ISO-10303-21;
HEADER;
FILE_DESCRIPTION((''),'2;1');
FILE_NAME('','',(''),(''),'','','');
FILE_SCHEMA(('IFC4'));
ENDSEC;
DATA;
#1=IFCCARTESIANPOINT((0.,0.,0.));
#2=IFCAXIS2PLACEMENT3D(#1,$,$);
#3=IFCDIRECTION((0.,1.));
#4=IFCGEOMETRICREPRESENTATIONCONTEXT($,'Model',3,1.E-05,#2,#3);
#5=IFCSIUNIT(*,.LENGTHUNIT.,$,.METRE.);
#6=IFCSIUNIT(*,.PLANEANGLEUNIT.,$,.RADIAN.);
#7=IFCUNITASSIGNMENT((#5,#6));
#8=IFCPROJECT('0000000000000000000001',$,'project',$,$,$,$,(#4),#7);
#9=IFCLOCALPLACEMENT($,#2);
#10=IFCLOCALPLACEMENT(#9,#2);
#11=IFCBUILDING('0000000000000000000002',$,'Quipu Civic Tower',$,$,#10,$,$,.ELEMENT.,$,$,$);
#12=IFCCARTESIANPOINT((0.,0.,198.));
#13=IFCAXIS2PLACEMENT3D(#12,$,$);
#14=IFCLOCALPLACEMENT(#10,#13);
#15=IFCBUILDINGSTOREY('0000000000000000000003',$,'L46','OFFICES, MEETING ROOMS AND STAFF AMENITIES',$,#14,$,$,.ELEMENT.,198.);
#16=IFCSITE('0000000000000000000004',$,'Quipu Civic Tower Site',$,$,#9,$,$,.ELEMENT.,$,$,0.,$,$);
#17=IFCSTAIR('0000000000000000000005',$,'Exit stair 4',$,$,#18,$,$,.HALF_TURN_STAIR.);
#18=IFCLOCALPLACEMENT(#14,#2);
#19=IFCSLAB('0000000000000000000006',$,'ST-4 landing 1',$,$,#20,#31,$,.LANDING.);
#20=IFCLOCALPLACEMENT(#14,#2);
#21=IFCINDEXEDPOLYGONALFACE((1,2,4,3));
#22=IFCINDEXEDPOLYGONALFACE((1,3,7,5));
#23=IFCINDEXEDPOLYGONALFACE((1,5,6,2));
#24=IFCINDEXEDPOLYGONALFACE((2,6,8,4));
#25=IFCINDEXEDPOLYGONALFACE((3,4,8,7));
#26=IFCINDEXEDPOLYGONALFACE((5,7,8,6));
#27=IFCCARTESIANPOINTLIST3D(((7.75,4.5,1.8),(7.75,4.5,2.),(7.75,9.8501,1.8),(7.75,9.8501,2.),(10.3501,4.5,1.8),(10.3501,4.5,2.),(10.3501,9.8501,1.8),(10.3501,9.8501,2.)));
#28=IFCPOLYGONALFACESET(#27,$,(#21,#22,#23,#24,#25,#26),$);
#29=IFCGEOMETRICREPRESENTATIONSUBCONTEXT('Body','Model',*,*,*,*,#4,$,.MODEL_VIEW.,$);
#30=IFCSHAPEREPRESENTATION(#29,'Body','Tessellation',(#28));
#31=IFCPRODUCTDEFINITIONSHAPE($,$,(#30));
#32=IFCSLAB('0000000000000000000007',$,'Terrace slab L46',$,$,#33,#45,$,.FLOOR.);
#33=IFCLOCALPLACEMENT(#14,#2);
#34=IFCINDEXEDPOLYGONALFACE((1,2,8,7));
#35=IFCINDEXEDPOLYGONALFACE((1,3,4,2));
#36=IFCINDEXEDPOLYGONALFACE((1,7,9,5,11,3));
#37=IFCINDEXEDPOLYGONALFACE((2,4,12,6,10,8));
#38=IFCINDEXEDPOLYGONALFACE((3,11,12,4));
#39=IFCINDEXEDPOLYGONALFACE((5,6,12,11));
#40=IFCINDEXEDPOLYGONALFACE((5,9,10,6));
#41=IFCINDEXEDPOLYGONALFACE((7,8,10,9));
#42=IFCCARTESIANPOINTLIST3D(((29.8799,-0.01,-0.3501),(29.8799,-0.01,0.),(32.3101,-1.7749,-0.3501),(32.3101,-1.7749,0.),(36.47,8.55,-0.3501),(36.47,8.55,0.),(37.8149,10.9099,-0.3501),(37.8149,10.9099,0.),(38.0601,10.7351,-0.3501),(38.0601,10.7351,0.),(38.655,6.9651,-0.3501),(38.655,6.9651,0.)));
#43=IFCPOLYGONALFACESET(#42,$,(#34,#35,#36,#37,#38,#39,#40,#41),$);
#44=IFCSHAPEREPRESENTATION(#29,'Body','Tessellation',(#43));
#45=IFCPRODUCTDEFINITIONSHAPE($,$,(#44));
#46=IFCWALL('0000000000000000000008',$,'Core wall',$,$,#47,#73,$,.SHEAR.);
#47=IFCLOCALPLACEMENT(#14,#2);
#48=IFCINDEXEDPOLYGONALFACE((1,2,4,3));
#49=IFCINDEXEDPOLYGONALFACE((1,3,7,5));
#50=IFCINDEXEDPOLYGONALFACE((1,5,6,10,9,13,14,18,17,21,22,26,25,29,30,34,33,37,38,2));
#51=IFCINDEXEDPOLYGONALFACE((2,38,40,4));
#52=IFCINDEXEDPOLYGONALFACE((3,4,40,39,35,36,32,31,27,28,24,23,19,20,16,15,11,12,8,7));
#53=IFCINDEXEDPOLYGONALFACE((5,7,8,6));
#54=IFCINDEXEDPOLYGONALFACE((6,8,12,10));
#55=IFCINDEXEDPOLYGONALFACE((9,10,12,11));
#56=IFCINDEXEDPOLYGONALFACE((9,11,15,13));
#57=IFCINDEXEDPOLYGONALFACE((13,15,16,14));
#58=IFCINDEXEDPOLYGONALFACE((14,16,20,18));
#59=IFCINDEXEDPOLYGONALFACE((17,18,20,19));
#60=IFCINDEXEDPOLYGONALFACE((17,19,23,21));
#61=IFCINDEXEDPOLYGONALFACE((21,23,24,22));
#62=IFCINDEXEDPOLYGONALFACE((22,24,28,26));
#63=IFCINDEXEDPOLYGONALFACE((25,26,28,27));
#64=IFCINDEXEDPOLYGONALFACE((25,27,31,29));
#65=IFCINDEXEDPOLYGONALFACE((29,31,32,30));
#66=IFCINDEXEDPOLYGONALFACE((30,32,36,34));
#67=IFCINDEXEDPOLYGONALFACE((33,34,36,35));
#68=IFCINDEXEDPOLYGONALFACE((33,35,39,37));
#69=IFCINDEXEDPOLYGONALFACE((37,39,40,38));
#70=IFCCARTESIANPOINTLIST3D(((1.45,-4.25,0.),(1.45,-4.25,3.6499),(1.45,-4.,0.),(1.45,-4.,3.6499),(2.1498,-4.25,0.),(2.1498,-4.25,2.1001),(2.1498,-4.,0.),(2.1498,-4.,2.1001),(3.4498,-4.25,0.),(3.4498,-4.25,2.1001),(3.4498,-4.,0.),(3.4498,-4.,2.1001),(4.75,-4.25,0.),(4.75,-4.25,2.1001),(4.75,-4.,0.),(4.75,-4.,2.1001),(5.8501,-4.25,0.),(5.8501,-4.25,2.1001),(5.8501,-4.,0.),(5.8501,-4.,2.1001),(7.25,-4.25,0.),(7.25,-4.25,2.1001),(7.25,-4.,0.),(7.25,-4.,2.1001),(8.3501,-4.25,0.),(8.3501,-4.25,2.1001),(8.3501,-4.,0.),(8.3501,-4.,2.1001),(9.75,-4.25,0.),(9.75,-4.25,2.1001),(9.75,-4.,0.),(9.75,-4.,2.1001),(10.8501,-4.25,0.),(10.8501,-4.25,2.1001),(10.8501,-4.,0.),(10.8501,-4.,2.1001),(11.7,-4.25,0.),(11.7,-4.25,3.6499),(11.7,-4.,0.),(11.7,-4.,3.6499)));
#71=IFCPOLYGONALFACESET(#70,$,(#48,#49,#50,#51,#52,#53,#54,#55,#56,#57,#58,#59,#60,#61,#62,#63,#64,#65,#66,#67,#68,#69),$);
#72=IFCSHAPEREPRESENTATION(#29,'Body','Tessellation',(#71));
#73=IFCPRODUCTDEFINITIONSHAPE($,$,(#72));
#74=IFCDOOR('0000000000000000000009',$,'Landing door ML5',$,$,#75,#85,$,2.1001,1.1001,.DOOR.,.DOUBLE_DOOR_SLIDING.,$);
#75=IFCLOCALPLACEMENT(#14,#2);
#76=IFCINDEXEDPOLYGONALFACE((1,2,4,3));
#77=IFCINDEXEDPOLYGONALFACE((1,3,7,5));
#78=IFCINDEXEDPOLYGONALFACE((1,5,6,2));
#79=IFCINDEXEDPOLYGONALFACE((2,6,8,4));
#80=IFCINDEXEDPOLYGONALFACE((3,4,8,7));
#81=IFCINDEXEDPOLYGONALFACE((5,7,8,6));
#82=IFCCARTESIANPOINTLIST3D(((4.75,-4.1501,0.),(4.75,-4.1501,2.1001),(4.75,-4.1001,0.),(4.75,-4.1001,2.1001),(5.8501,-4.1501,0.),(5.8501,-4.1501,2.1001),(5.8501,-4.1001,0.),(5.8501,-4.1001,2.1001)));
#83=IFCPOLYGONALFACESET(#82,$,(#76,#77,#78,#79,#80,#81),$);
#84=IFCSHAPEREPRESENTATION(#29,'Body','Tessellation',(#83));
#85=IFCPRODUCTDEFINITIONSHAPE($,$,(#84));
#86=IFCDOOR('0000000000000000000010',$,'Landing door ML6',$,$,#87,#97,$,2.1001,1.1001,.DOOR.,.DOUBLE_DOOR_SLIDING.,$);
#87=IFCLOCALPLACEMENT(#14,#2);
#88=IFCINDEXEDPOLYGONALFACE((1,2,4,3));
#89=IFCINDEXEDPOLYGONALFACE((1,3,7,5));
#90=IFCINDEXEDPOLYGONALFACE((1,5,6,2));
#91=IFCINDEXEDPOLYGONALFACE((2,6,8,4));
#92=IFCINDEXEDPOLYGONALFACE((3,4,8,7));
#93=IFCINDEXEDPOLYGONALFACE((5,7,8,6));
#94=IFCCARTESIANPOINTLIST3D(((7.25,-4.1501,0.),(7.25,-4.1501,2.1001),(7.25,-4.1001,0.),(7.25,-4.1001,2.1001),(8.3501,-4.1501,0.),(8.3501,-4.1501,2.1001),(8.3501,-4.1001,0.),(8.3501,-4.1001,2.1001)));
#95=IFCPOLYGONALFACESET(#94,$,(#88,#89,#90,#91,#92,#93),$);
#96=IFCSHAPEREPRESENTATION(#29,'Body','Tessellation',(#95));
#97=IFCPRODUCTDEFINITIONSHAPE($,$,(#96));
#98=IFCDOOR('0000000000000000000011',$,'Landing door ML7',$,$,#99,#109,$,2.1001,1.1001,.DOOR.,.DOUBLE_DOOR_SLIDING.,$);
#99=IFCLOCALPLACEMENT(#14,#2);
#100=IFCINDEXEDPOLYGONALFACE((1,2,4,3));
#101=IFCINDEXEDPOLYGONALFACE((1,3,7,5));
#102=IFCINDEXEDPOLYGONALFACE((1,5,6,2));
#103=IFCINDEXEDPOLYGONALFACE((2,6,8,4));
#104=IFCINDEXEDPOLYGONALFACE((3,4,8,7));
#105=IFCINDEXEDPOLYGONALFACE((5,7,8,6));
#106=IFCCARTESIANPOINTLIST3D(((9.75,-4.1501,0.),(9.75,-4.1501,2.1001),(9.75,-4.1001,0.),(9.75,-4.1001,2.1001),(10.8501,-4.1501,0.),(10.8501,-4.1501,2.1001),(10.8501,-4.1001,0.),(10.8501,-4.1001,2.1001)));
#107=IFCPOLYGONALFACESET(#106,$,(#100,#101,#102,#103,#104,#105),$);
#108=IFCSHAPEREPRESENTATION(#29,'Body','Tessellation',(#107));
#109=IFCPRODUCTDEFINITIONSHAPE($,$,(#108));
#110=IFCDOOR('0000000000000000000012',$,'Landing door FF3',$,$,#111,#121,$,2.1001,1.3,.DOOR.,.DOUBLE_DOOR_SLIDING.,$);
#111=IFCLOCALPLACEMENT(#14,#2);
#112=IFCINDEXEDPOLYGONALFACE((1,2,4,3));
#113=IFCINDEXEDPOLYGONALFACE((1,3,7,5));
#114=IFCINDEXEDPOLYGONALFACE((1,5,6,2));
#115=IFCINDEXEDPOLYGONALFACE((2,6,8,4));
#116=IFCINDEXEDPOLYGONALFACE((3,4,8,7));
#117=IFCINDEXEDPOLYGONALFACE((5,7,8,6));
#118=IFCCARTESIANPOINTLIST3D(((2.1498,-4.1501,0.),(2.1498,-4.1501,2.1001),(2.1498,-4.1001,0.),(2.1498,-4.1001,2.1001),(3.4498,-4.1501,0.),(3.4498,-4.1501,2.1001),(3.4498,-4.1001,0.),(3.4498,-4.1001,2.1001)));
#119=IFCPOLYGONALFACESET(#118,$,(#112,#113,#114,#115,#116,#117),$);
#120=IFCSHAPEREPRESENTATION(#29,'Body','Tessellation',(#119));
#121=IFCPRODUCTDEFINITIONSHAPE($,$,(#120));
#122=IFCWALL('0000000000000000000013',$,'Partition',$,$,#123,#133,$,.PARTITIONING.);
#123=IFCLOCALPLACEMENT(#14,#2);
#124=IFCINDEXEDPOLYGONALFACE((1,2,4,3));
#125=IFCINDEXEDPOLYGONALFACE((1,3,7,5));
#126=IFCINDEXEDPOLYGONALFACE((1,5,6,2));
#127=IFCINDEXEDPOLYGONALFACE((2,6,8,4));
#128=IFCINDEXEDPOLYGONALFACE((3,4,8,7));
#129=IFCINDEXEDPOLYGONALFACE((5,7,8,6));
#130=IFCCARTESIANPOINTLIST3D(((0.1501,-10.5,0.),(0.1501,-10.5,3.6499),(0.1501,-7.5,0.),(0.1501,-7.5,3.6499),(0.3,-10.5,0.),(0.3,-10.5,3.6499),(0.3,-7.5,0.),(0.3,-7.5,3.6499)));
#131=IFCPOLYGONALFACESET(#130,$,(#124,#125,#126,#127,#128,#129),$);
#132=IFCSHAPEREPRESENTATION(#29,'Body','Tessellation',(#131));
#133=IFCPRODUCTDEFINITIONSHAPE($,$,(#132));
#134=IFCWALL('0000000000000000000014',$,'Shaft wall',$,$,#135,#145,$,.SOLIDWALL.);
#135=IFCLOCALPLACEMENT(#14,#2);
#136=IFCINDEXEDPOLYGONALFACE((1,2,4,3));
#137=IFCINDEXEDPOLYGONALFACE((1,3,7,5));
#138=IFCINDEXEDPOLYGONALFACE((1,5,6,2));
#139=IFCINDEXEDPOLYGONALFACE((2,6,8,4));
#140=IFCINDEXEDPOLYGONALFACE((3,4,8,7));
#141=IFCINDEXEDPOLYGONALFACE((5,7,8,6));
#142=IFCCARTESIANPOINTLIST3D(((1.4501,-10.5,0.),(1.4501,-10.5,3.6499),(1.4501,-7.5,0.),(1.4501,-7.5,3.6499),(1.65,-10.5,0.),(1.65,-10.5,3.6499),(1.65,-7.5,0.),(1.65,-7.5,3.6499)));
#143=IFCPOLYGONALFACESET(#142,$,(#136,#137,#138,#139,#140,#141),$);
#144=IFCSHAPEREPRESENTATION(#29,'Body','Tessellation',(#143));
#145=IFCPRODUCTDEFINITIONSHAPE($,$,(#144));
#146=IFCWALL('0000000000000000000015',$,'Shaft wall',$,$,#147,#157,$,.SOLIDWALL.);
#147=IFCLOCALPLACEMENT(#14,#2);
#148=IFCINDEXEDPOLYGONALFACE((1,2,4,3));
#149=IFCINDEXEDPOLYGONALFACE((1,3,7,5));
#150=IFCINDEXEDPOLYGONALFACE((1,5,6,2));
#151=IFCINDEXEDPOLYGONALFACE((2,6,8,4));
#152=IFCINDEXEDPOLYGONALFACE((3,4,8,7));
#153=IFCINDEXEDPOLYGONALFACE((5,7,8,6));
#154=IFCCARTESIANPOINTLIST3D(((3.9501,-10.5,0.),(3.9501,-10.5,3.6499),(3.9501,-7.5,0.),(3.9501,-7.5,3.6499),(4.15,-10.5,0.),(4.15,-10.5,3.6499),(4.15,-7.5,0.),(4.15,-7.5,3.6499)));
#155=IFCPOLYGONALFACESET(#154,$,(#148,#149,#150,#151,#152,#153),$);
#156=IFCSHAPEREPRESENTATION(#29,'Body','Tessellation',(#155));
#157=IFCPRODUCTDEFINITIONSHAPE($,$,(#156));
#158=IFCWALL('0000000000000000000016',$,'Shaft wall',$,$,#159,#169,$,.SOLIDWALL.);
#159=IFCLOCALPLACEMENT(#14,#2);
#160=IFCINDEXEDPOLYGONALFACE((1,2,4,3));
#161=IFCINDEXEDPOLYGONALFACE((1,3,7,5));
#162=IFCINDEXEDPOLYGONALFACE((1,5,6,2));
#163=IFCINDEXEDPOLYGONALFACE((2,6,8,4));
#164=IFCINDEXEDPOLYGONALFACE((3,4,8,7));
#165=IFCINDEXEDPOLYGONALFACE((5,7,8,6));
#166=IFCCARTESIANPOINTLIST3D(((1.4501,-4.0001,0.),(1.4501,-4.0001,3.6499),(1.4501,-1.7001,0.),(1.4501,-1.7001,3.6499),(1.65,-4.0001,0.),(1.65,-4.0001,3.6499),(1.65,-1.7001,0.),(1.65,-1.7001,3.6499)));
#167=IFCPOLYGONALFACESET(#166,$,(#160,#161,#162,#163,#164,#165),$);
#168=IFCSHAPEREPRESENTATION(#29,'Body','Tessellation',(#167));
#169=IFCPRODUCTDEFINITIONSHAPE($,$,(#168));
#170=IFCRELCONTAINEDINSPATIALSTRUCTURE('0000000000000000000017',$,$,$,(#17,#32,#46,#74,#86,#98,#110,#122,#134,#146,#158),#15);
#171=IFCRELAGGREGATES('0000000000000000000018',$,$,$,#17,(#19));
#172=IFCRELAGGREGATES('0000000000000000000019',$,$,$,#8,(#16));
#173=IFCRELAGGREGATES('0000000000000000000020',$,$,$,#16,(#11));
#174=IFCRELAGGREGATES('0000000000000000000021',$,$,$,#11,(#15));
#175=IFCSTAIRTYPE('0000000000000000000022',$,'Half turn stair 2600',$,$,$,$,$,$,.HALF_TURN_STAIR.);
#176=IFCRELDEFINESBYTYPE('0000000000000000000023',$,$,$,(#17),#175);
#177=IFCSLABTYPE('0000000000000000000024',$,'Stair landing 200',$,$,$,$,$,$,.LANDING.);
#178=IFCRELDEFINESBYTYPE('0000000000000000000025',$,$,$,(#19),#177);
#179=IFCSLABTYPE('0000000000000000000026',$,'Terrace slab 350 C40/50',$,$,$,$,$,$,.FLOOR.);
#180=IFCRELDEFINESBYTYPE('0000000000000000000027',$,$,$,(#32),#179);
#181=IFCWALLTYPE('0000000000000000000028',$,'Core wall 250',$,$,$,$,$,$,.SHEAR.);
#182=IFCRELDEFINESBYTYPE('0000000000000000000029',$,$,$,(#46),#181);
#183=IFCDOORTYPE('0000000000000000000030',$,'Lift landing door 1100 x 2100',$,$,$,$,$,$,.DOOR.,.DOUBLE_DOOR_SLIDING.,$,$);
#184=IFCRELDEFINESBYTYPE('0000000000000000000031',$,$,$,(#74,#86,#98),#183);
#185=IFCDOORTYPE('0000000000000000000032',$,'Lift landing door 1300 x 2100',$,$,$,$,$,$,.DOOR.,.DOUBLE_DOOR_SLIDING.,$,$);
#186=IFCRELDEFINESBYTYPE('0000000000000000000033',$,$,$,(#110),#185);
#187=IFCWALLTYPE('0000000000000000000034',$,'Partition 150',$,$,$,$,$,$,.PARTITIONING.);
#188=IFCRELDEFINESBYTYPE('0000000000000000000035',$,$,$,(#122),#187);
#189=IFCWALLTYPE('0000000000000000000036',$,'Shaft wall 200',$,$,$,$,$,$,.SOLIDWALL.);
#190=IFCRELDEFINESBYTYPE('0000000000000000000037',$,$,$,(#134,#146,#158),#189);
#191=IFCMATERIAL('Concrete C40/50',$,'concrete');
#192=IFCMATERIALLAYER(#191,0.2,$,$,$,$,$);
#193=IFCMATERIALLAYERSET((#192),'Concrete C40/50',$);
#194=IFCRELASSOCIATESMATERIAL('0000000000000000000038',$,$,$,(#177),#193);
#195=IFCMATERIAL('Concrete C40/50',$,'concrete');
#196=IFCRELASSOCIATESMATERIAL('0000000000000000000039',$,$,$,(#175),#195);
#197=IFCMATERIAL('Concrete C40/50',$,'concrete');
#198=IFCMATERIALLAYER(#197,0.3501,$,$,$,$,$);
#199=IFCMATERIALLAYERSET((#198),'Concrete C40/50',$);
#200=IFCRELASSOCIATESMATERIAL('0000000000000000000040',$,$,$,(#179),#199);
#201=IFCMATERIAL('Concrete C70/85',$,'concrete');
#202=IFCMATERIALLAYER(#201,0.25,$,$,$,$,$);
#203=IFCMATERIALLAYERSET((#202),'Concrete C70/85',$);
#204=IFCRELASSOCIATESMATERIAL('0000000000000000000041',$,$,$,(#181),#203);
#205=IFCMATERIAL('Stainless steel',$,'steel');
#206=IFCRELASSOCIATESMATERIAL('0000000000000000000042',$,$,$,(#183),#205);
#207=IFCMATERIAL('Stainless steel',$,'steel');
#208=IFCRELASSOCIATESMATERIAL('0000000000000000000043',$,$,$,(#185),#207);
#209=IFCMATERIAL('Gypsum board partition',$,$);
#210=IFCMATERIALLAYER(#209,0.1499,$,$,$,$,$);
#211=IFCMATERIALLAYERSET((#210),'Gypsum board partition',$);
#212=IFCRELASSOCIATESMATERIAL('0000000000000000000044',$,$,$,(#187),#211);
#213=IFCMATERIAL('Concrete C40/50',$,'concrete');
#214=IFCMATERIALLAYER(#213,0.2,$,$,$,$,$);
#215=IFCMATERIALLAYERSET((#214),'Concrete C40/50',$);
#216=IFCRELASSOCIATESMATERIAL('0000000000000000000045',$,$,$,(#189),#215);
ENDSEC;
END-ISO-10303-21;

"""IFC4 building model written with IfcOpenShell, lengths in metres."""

from ifc_helpers import new_model, si_unit, direction, frame, frame_2d, origin, place, context, subcontext, project, spatial, polyline, rectangle, outline, extrude, material, layer, layer_set, type_object, element, fill, aggregate, save


model = new_model("IFC4")

# Units and contexts
model_context = context("Model", 3, precision=1e-05, world=origin(), true_north=direction((0.0, 1.0)))
body_context = subcontext(model_context, "Body", "Model", "MODEL_VIEW")
ifc_project = project(units=[si_unit("LENGTHUNIT", "METRE"), si_unit("PLANEANGLEUNIT", "RADIAN")], contexts=[model_context])

# Site, building, storey
site_placement = place(None, origin())
site = spatial("IfcSite", under=ifc_project, at=site_placement, Name="Quipu Civic Tower Site", CompositionType="ELEMENT", RefElevation=0.0)
building_placement = place(site_placement, origin())
building = spatial("IfcBuilding", under=site, at=building_placement, Name="Quipu Civic Tower", CompositionType="ELEMENT")
storey_placement = place(building_placement, frame((0.0, 0.0, 198.0)))
storey = spatial("IfcBuildingStorey", under=building, at=storey_placement, Name="L46", Description="OFFICES, MEETING ROOMS AND STAFF AMENITIES", CompositionType="ELEMENT", Elevation=198.0)

# Stair, slab
ifc_material_1 = material(Name="Concrete C40/50", Category="concrete")
ifc_layer_1 = layer(ifc_material_1, 0.2)
ifc_layer_set_1 = layer_set([ifc_layer_1], Name="Concrete C40/50")
slab_type_1 = type_object("IfcSlabType", Name="Stair landing 200", PredefinedType="LANDING", material=ifc_layer_set_1)
ifc_material_2 = material(Name="Concrete C40/50", Category="concrete")
stair_type_1 = type_object("IfcStairType", Name="Half turn stair 2600", PredefinedType="HALF_TURN_STAIR", material=ifc_material_2)
stair_1_placement = place(storey_placement, origin())
stair_1 = element("IfcStair", 1, at=stair_1_placement, inside=storey, type_object=stair_type_1, Name="Exit stair 4", PredefinedType="HALF_TURN_STAIR")
slab_1_placement = place(storey_placement, frame((0.0, 0.0, 1.8)))
slab_1 = element("IfcSlab", 2, at=slab_1_placement, type_object=slab_type_1, Name="ST-4 landing 1", PredefinedType="LANDING", context=body_context, shape_type="SweptSolid", body=[
    extrude(outline(polyline([(10.3501, 9.8501), (7.75, 9.8501), (7.75, 4.5), (10.3501, 4.5), (10.3501, 9.8501)])), origin(), (0.0, 0.0, 1.0), 0.2),
])
aggregate(stair_1, [slab_1])

# Slab
ifc_material_3 = material(Name="Concrete C40/50", Category="concrete")
ifc_layer_2 = layer(ifc_material_3, 0.3501)
ifc_layer_set_2 = layer_set([ifc_layer_2], Name="Concrete C40/50")
slab_type_2 = type_object("IfcSlabType", Name="Terrace slab 350 C40/50", PredefinedType="FLOOR", material=ifc_layer_set_2)
slab_2_placement = place(storey_placement, frame((0.0, 0.0, -0.3501)))
element("IfcSlab", 3, at=slab_2_placement, inside=storey, type_object=slab_type_2, Name="Terrace slab L46", PredefinedType="FLOOR", context=body_context, shape_type="SweptSolid", body=[
    extrude(outline(polyline([(38.0601, 10.7351), (36.47, 8.55), (38.655, 6.9651), (32.3101, -1.7749), (29.8799, -0.01), (37.8149, 10.9099), (38.0601, 10.7351)])), origin(), (0.0, 0.0, 1.0), 0.3501),
])

# Wall, openings, doors
ifc_material_4 = material(Name="Concrete C70/85", Category="concrete")
ifc_layer_3 = layer(ifc_material_4, 0.25)
ifc_layer_set_3 = layer_set([ifc_layer_3], Name="Concrete C70/85")
wall_type_1 = type_object("IfcWallType", Name="Core wall 250", PredefinedType="SHEAR", material=ifc_layer_set_3)
wall_1_placement = place(storey_placement, frame((1.45, -4.125, 0.0), z_axis=(0.0, 0.0, 1.0), x_axis=(1.0, 0.0, 0.0)))
wall_1 = element("IfcWall", 4, at=wall_1_placement, inside=storey, type_object=wall_type_1, Name="Core wall", PredefinedType="SHEAR", context=body_context, shape_type="SweptSolid", body=[
    extrude(rectangle(XDim=10.25, YDim=0.25, at=frame_2d((5.125, 0.0))), origin(), (0.0, 0.0, 1.0), 3.6499),
])
opening_1_placement = place(wall_1_placement, frame((0.7, 0.0, 0.0)))
opening_1 = element("IfcOpeningElement", 5, at=opening_1_placement, cuts=wall_1, PredefinedType="OPENING", context=body_context, shape_type="SweptSolid", body=[
    extrude(rectangle(XDim=1.3, YDim=2.1001, at=frame_2d((0.6499, 1.05))), frame((0.0, 0.135, 0.0), z_axis=(0.0, -1.0, 0.0), x_axis=(1.0, 0.0, 0.0)), (0.0, 0.0, 1.0), 0.27),
])
opening_2_placement = place(wall_1_placement, frame((3.3, 0.0, 0.0)))
opening_2 = element("IfcOpeningElement", 6, at=opening_2_placement, cuts=wall_1, PredefinedType="OPENING", context=body_context, shape_type="SweptSolid", body=[
    extrude(rectangle(XDim=1.1001, YDim=2.1001, at=frame_2d((0.55, 1.05))), frame((0.0, 0.135, 0.0), z_axis=(0.0, -1.0, 0.0), x_axis=(1.0, 0.0, 0.0)), (0.0, 0.0, 1.0), 0.27),
])
opening_3_placement = place(wall_1_placement, frame((5.8, 0.0, 0.0)))
opening_3 = element("IfcOpeningElement", 7, at=opening_3_placement, cuts=wall_1, PredefinedType="OPENING", context=body_context, shape_type="SweptSolid", body=[
    extrude(rectangle(XDim=1.1001, YDim=2.1001, at=frame_2d((0.55, 1.05))), frame((0.0, 0.135, 0.0), z_axis=(0.0, -1.0, 0.0), x_axis=(1.0, 0.0, 0.0)), (0.0, 0.0, 1.0), 0.27),
])
opening_4_placement = place(wall_1_placement, frame((8.3, 0.0, 0.0)))
opening_4 = element("IfcOpeningElement", 8, at=opening_4_placement, cuts=wall_1, PredefinedType="OPENING", context=body_context, shape_type="SweptSolid", body=[
    extrude(rectangle(XDim=1.1001, YDim=2.1001, at=frame_2d((0.55, 1.05))), frame((0.0, 0.135, 0.0), z_axis=(0.0, -1.0, 0.0), x_axis=(1.0, 0.0, 0.0)), (0.0, 0.0, 1.0), 0.27),
])
ifc_material_5 = material(Name="Stainless steel", Category="steel")
door_type_1 = type_object("IfcDoorType", Name="Lift landing door 1100 x 2100", OperationType="DOUBLE_DOOR_SLIDING", PredefinedType="DOOR", material=ifc_material_5)
door_1_placement = place(opening_2_placement, origin())
door_1 = element("IfcDoor", 9, at=door_1_placement, inside=storey, type_object=door_type_1, Name="Landing door ML5", OperationType="DOUBLE_DOOR_SLIDING", OverallHeight=2.1001, OverallWidth=1.1001, PredefinedType="DOOR", context=body_context, shape_type="SweptSolid", body=[
    extrude(rectangle(XDim=1.1001, YDim=2.1001, at=frame_2d((0.55, 1.05))), frame((0.0, 0.0249, 0.0), z_axis=(0.0, -1.0, 0.0), x_axis=(1.0, 0.0, 0.0)), (0.0, 0.0, 1.0), 0.05),
])
fill(opening_2, door_1)
door_2_placement = place(opening_3_placement, origin())
door_2 = element("IfcDoor", 10, at=door_2_placement, inside=storey, type_object=door_type_1, Name="Landing door ML6", OperationType="DOUBLE_DOOR_SLIDING", OverallHeight=2.1001, OverallWidth=1.1001, PredefinedType="DOOR", context=body_context, shape_type="SweptSolid", body=[
    extrude(rectangle(XDim=1.1001, YDim=2.1001, at=frame_2d((0.55, 1.05))), frame((0.0, 0.0249, 0.0), z_axis=(0.0, -1.0, 0.0), x_axis=(1.0, 0.0, 0.0)), (0.0, 0.0, 1.0), 0.05),
])
fill(opening_3, door_2)
door_3_placement = place(opening_4_placement, origin())
door_3 = element("IfcDoor", 11, at=door_3_placement, inside=storey, type_object=door_type_1, Name="Landing door ML7", OperationType="DOUBLE_DOOR_SLIDING", OverallHeight=2.1001, OverallWidth=1.1001, PredefinedType="DOOR", context=body_context, shape_type="SweptSolid", body=[
    extrude(rectangle(XDim=1.1001, YDim=2.1001, at=frame_2d((0.55, 1.05))), frame((0.0, 0.0249, 0.0), z_axis=(0.0, -1.0, 0.0), x_axis=(1.0, 0.0, 0.0)), (0.0, 0.0, 1.0), 0.05),
])
fill(opening_4, door_3)
ifc_material_6 = material(Name="Stainless steel", Category="steel")
door_type_2 = type_object("IfcDoorType", Name="Lift landing door 1300 x 2100", OperationType="DOUBLE_DOOR_SLIDING", PredefinedType="DOOR", material=ifc_material_6)
door_4_placement = place(opening_1_placement, origin())
door_4 = element("IfcDoor", 12, at=door_4_placement, inside=storey, type_object=door_type_2, Name="Landing door FF3", OperationType="DOUBLE_DOOR_SLIDING", OverallHeight=2.1001, OverallWidth=1.3, PredefinedType="DOOR", context=body_context, shape_type="SweptSolid", body=[
    extrude(rectangle(XDim=1.3, YDim=2.1001, at=frame_2d((0.6499, 1.05))), frame((0.0, 0.0249, 0.0), z_axis=(0.0, -1.0, 0.0), x_axis=(1.0, 0.0, 0.0)), (0.0, 0.0, 1.0), 0.05),
])
fill(opening_1, door_4)

# Walls
ifc_material_7 = material(Name="Gypsum board partition")
ifc_layer_4 = layer(ifc_material_7, 0.1499)
ifc_layer_set_4 = layer_set([ifc_layer_4], Name="Gypsum board partition")
wall_type_2 = type_object("IfcWallType", Name="Partition 150", PredefinedType="PARTITIONING", material=ifc_layer_set_4)
wall_2_placement = place(storey_placement, frame((0.2251, -10.5, 0.0), z_axis=(0.0, 0.0, 1.0), x_axis=(0.0, 1.0, 0.0)))
element("IfcWall", 13, at=wall_2_placement, inside=storey, type_object=wall_type_2, Name="Partition", PredefinedType="PARTITIONING", context=body_context, shape_type="SweptSolid", body=[
    extrude(rectangle(XDim=3.0, YDim=0.1499, at=frame_2d((1.5, 0.0))), origin(), (0.0, 0.0, 1.0), 3.6499),
])
ifc_material_8 = material(Name="Concrete C40/50", Category="concrete")
ifc_layer_5 = layer(ifc_material_8, 0.2)
ifc_layer_set_5 = layer_set([ifc_layer_5], Name="Concrete C40/50")
wall_type_3 = type_object("IfcWallType", Name="Shaft wall 200", PredefinedType="SOLIDWALL", material=ifc_layer_set_5)
for number, where, z_axis, x_axis, name in (
    (14, (1.55, -10.5, 0.0), (0.0, 0.0, 1.0), (0.0, 1.0, 0.0), "Shaft wall"),
    (15, (4.05, -10.5, 0.0), (0.0, 0.0, 1.0), (0.0, 1.0, 0.0), "Shaft wall"),
):
    element("IfcWall", number, at=place(storey_placement, frame(where, z_axis=z_axis, x_axis=x_axis)), inside=storey, type_object=wall_type_3, Name=name, PredefinedType="SOLIDWALL", context=body_context, shape_type="SweptSolid", body=[
        extrude(rectangle(XDim=3.0, YDim=0.2, at=frame_2d((1.5, 0.0))), origin(), (0.0, 0.0, 1.0), 3.6499),
    ])
for number, where, z_axis, x_axis, name in (
    (16, (1.55, -4.0, 0.0), (0.0, 0.0, 1.0), (0.0, 1.0, 0.0), "Shaft wall"),
):
    element("IfcWall", number, at=place(storey_placement, frame(where, z_axis=z_axis, x_axis=x_axis)), inside=storey, type_object=wall_type_3, Name=name, PredefinedType="SOLIDWALL", context=body_context, shape_type="SweptSolid", body=[
        extrude(rectangle(XDim=2.3, YDim=0.2, at=frame_2d((1.1499, 0.0))), origin(), (0.0, 0.0, 1.0), 3.6499),
    ])

save(model, "model.ifc")
